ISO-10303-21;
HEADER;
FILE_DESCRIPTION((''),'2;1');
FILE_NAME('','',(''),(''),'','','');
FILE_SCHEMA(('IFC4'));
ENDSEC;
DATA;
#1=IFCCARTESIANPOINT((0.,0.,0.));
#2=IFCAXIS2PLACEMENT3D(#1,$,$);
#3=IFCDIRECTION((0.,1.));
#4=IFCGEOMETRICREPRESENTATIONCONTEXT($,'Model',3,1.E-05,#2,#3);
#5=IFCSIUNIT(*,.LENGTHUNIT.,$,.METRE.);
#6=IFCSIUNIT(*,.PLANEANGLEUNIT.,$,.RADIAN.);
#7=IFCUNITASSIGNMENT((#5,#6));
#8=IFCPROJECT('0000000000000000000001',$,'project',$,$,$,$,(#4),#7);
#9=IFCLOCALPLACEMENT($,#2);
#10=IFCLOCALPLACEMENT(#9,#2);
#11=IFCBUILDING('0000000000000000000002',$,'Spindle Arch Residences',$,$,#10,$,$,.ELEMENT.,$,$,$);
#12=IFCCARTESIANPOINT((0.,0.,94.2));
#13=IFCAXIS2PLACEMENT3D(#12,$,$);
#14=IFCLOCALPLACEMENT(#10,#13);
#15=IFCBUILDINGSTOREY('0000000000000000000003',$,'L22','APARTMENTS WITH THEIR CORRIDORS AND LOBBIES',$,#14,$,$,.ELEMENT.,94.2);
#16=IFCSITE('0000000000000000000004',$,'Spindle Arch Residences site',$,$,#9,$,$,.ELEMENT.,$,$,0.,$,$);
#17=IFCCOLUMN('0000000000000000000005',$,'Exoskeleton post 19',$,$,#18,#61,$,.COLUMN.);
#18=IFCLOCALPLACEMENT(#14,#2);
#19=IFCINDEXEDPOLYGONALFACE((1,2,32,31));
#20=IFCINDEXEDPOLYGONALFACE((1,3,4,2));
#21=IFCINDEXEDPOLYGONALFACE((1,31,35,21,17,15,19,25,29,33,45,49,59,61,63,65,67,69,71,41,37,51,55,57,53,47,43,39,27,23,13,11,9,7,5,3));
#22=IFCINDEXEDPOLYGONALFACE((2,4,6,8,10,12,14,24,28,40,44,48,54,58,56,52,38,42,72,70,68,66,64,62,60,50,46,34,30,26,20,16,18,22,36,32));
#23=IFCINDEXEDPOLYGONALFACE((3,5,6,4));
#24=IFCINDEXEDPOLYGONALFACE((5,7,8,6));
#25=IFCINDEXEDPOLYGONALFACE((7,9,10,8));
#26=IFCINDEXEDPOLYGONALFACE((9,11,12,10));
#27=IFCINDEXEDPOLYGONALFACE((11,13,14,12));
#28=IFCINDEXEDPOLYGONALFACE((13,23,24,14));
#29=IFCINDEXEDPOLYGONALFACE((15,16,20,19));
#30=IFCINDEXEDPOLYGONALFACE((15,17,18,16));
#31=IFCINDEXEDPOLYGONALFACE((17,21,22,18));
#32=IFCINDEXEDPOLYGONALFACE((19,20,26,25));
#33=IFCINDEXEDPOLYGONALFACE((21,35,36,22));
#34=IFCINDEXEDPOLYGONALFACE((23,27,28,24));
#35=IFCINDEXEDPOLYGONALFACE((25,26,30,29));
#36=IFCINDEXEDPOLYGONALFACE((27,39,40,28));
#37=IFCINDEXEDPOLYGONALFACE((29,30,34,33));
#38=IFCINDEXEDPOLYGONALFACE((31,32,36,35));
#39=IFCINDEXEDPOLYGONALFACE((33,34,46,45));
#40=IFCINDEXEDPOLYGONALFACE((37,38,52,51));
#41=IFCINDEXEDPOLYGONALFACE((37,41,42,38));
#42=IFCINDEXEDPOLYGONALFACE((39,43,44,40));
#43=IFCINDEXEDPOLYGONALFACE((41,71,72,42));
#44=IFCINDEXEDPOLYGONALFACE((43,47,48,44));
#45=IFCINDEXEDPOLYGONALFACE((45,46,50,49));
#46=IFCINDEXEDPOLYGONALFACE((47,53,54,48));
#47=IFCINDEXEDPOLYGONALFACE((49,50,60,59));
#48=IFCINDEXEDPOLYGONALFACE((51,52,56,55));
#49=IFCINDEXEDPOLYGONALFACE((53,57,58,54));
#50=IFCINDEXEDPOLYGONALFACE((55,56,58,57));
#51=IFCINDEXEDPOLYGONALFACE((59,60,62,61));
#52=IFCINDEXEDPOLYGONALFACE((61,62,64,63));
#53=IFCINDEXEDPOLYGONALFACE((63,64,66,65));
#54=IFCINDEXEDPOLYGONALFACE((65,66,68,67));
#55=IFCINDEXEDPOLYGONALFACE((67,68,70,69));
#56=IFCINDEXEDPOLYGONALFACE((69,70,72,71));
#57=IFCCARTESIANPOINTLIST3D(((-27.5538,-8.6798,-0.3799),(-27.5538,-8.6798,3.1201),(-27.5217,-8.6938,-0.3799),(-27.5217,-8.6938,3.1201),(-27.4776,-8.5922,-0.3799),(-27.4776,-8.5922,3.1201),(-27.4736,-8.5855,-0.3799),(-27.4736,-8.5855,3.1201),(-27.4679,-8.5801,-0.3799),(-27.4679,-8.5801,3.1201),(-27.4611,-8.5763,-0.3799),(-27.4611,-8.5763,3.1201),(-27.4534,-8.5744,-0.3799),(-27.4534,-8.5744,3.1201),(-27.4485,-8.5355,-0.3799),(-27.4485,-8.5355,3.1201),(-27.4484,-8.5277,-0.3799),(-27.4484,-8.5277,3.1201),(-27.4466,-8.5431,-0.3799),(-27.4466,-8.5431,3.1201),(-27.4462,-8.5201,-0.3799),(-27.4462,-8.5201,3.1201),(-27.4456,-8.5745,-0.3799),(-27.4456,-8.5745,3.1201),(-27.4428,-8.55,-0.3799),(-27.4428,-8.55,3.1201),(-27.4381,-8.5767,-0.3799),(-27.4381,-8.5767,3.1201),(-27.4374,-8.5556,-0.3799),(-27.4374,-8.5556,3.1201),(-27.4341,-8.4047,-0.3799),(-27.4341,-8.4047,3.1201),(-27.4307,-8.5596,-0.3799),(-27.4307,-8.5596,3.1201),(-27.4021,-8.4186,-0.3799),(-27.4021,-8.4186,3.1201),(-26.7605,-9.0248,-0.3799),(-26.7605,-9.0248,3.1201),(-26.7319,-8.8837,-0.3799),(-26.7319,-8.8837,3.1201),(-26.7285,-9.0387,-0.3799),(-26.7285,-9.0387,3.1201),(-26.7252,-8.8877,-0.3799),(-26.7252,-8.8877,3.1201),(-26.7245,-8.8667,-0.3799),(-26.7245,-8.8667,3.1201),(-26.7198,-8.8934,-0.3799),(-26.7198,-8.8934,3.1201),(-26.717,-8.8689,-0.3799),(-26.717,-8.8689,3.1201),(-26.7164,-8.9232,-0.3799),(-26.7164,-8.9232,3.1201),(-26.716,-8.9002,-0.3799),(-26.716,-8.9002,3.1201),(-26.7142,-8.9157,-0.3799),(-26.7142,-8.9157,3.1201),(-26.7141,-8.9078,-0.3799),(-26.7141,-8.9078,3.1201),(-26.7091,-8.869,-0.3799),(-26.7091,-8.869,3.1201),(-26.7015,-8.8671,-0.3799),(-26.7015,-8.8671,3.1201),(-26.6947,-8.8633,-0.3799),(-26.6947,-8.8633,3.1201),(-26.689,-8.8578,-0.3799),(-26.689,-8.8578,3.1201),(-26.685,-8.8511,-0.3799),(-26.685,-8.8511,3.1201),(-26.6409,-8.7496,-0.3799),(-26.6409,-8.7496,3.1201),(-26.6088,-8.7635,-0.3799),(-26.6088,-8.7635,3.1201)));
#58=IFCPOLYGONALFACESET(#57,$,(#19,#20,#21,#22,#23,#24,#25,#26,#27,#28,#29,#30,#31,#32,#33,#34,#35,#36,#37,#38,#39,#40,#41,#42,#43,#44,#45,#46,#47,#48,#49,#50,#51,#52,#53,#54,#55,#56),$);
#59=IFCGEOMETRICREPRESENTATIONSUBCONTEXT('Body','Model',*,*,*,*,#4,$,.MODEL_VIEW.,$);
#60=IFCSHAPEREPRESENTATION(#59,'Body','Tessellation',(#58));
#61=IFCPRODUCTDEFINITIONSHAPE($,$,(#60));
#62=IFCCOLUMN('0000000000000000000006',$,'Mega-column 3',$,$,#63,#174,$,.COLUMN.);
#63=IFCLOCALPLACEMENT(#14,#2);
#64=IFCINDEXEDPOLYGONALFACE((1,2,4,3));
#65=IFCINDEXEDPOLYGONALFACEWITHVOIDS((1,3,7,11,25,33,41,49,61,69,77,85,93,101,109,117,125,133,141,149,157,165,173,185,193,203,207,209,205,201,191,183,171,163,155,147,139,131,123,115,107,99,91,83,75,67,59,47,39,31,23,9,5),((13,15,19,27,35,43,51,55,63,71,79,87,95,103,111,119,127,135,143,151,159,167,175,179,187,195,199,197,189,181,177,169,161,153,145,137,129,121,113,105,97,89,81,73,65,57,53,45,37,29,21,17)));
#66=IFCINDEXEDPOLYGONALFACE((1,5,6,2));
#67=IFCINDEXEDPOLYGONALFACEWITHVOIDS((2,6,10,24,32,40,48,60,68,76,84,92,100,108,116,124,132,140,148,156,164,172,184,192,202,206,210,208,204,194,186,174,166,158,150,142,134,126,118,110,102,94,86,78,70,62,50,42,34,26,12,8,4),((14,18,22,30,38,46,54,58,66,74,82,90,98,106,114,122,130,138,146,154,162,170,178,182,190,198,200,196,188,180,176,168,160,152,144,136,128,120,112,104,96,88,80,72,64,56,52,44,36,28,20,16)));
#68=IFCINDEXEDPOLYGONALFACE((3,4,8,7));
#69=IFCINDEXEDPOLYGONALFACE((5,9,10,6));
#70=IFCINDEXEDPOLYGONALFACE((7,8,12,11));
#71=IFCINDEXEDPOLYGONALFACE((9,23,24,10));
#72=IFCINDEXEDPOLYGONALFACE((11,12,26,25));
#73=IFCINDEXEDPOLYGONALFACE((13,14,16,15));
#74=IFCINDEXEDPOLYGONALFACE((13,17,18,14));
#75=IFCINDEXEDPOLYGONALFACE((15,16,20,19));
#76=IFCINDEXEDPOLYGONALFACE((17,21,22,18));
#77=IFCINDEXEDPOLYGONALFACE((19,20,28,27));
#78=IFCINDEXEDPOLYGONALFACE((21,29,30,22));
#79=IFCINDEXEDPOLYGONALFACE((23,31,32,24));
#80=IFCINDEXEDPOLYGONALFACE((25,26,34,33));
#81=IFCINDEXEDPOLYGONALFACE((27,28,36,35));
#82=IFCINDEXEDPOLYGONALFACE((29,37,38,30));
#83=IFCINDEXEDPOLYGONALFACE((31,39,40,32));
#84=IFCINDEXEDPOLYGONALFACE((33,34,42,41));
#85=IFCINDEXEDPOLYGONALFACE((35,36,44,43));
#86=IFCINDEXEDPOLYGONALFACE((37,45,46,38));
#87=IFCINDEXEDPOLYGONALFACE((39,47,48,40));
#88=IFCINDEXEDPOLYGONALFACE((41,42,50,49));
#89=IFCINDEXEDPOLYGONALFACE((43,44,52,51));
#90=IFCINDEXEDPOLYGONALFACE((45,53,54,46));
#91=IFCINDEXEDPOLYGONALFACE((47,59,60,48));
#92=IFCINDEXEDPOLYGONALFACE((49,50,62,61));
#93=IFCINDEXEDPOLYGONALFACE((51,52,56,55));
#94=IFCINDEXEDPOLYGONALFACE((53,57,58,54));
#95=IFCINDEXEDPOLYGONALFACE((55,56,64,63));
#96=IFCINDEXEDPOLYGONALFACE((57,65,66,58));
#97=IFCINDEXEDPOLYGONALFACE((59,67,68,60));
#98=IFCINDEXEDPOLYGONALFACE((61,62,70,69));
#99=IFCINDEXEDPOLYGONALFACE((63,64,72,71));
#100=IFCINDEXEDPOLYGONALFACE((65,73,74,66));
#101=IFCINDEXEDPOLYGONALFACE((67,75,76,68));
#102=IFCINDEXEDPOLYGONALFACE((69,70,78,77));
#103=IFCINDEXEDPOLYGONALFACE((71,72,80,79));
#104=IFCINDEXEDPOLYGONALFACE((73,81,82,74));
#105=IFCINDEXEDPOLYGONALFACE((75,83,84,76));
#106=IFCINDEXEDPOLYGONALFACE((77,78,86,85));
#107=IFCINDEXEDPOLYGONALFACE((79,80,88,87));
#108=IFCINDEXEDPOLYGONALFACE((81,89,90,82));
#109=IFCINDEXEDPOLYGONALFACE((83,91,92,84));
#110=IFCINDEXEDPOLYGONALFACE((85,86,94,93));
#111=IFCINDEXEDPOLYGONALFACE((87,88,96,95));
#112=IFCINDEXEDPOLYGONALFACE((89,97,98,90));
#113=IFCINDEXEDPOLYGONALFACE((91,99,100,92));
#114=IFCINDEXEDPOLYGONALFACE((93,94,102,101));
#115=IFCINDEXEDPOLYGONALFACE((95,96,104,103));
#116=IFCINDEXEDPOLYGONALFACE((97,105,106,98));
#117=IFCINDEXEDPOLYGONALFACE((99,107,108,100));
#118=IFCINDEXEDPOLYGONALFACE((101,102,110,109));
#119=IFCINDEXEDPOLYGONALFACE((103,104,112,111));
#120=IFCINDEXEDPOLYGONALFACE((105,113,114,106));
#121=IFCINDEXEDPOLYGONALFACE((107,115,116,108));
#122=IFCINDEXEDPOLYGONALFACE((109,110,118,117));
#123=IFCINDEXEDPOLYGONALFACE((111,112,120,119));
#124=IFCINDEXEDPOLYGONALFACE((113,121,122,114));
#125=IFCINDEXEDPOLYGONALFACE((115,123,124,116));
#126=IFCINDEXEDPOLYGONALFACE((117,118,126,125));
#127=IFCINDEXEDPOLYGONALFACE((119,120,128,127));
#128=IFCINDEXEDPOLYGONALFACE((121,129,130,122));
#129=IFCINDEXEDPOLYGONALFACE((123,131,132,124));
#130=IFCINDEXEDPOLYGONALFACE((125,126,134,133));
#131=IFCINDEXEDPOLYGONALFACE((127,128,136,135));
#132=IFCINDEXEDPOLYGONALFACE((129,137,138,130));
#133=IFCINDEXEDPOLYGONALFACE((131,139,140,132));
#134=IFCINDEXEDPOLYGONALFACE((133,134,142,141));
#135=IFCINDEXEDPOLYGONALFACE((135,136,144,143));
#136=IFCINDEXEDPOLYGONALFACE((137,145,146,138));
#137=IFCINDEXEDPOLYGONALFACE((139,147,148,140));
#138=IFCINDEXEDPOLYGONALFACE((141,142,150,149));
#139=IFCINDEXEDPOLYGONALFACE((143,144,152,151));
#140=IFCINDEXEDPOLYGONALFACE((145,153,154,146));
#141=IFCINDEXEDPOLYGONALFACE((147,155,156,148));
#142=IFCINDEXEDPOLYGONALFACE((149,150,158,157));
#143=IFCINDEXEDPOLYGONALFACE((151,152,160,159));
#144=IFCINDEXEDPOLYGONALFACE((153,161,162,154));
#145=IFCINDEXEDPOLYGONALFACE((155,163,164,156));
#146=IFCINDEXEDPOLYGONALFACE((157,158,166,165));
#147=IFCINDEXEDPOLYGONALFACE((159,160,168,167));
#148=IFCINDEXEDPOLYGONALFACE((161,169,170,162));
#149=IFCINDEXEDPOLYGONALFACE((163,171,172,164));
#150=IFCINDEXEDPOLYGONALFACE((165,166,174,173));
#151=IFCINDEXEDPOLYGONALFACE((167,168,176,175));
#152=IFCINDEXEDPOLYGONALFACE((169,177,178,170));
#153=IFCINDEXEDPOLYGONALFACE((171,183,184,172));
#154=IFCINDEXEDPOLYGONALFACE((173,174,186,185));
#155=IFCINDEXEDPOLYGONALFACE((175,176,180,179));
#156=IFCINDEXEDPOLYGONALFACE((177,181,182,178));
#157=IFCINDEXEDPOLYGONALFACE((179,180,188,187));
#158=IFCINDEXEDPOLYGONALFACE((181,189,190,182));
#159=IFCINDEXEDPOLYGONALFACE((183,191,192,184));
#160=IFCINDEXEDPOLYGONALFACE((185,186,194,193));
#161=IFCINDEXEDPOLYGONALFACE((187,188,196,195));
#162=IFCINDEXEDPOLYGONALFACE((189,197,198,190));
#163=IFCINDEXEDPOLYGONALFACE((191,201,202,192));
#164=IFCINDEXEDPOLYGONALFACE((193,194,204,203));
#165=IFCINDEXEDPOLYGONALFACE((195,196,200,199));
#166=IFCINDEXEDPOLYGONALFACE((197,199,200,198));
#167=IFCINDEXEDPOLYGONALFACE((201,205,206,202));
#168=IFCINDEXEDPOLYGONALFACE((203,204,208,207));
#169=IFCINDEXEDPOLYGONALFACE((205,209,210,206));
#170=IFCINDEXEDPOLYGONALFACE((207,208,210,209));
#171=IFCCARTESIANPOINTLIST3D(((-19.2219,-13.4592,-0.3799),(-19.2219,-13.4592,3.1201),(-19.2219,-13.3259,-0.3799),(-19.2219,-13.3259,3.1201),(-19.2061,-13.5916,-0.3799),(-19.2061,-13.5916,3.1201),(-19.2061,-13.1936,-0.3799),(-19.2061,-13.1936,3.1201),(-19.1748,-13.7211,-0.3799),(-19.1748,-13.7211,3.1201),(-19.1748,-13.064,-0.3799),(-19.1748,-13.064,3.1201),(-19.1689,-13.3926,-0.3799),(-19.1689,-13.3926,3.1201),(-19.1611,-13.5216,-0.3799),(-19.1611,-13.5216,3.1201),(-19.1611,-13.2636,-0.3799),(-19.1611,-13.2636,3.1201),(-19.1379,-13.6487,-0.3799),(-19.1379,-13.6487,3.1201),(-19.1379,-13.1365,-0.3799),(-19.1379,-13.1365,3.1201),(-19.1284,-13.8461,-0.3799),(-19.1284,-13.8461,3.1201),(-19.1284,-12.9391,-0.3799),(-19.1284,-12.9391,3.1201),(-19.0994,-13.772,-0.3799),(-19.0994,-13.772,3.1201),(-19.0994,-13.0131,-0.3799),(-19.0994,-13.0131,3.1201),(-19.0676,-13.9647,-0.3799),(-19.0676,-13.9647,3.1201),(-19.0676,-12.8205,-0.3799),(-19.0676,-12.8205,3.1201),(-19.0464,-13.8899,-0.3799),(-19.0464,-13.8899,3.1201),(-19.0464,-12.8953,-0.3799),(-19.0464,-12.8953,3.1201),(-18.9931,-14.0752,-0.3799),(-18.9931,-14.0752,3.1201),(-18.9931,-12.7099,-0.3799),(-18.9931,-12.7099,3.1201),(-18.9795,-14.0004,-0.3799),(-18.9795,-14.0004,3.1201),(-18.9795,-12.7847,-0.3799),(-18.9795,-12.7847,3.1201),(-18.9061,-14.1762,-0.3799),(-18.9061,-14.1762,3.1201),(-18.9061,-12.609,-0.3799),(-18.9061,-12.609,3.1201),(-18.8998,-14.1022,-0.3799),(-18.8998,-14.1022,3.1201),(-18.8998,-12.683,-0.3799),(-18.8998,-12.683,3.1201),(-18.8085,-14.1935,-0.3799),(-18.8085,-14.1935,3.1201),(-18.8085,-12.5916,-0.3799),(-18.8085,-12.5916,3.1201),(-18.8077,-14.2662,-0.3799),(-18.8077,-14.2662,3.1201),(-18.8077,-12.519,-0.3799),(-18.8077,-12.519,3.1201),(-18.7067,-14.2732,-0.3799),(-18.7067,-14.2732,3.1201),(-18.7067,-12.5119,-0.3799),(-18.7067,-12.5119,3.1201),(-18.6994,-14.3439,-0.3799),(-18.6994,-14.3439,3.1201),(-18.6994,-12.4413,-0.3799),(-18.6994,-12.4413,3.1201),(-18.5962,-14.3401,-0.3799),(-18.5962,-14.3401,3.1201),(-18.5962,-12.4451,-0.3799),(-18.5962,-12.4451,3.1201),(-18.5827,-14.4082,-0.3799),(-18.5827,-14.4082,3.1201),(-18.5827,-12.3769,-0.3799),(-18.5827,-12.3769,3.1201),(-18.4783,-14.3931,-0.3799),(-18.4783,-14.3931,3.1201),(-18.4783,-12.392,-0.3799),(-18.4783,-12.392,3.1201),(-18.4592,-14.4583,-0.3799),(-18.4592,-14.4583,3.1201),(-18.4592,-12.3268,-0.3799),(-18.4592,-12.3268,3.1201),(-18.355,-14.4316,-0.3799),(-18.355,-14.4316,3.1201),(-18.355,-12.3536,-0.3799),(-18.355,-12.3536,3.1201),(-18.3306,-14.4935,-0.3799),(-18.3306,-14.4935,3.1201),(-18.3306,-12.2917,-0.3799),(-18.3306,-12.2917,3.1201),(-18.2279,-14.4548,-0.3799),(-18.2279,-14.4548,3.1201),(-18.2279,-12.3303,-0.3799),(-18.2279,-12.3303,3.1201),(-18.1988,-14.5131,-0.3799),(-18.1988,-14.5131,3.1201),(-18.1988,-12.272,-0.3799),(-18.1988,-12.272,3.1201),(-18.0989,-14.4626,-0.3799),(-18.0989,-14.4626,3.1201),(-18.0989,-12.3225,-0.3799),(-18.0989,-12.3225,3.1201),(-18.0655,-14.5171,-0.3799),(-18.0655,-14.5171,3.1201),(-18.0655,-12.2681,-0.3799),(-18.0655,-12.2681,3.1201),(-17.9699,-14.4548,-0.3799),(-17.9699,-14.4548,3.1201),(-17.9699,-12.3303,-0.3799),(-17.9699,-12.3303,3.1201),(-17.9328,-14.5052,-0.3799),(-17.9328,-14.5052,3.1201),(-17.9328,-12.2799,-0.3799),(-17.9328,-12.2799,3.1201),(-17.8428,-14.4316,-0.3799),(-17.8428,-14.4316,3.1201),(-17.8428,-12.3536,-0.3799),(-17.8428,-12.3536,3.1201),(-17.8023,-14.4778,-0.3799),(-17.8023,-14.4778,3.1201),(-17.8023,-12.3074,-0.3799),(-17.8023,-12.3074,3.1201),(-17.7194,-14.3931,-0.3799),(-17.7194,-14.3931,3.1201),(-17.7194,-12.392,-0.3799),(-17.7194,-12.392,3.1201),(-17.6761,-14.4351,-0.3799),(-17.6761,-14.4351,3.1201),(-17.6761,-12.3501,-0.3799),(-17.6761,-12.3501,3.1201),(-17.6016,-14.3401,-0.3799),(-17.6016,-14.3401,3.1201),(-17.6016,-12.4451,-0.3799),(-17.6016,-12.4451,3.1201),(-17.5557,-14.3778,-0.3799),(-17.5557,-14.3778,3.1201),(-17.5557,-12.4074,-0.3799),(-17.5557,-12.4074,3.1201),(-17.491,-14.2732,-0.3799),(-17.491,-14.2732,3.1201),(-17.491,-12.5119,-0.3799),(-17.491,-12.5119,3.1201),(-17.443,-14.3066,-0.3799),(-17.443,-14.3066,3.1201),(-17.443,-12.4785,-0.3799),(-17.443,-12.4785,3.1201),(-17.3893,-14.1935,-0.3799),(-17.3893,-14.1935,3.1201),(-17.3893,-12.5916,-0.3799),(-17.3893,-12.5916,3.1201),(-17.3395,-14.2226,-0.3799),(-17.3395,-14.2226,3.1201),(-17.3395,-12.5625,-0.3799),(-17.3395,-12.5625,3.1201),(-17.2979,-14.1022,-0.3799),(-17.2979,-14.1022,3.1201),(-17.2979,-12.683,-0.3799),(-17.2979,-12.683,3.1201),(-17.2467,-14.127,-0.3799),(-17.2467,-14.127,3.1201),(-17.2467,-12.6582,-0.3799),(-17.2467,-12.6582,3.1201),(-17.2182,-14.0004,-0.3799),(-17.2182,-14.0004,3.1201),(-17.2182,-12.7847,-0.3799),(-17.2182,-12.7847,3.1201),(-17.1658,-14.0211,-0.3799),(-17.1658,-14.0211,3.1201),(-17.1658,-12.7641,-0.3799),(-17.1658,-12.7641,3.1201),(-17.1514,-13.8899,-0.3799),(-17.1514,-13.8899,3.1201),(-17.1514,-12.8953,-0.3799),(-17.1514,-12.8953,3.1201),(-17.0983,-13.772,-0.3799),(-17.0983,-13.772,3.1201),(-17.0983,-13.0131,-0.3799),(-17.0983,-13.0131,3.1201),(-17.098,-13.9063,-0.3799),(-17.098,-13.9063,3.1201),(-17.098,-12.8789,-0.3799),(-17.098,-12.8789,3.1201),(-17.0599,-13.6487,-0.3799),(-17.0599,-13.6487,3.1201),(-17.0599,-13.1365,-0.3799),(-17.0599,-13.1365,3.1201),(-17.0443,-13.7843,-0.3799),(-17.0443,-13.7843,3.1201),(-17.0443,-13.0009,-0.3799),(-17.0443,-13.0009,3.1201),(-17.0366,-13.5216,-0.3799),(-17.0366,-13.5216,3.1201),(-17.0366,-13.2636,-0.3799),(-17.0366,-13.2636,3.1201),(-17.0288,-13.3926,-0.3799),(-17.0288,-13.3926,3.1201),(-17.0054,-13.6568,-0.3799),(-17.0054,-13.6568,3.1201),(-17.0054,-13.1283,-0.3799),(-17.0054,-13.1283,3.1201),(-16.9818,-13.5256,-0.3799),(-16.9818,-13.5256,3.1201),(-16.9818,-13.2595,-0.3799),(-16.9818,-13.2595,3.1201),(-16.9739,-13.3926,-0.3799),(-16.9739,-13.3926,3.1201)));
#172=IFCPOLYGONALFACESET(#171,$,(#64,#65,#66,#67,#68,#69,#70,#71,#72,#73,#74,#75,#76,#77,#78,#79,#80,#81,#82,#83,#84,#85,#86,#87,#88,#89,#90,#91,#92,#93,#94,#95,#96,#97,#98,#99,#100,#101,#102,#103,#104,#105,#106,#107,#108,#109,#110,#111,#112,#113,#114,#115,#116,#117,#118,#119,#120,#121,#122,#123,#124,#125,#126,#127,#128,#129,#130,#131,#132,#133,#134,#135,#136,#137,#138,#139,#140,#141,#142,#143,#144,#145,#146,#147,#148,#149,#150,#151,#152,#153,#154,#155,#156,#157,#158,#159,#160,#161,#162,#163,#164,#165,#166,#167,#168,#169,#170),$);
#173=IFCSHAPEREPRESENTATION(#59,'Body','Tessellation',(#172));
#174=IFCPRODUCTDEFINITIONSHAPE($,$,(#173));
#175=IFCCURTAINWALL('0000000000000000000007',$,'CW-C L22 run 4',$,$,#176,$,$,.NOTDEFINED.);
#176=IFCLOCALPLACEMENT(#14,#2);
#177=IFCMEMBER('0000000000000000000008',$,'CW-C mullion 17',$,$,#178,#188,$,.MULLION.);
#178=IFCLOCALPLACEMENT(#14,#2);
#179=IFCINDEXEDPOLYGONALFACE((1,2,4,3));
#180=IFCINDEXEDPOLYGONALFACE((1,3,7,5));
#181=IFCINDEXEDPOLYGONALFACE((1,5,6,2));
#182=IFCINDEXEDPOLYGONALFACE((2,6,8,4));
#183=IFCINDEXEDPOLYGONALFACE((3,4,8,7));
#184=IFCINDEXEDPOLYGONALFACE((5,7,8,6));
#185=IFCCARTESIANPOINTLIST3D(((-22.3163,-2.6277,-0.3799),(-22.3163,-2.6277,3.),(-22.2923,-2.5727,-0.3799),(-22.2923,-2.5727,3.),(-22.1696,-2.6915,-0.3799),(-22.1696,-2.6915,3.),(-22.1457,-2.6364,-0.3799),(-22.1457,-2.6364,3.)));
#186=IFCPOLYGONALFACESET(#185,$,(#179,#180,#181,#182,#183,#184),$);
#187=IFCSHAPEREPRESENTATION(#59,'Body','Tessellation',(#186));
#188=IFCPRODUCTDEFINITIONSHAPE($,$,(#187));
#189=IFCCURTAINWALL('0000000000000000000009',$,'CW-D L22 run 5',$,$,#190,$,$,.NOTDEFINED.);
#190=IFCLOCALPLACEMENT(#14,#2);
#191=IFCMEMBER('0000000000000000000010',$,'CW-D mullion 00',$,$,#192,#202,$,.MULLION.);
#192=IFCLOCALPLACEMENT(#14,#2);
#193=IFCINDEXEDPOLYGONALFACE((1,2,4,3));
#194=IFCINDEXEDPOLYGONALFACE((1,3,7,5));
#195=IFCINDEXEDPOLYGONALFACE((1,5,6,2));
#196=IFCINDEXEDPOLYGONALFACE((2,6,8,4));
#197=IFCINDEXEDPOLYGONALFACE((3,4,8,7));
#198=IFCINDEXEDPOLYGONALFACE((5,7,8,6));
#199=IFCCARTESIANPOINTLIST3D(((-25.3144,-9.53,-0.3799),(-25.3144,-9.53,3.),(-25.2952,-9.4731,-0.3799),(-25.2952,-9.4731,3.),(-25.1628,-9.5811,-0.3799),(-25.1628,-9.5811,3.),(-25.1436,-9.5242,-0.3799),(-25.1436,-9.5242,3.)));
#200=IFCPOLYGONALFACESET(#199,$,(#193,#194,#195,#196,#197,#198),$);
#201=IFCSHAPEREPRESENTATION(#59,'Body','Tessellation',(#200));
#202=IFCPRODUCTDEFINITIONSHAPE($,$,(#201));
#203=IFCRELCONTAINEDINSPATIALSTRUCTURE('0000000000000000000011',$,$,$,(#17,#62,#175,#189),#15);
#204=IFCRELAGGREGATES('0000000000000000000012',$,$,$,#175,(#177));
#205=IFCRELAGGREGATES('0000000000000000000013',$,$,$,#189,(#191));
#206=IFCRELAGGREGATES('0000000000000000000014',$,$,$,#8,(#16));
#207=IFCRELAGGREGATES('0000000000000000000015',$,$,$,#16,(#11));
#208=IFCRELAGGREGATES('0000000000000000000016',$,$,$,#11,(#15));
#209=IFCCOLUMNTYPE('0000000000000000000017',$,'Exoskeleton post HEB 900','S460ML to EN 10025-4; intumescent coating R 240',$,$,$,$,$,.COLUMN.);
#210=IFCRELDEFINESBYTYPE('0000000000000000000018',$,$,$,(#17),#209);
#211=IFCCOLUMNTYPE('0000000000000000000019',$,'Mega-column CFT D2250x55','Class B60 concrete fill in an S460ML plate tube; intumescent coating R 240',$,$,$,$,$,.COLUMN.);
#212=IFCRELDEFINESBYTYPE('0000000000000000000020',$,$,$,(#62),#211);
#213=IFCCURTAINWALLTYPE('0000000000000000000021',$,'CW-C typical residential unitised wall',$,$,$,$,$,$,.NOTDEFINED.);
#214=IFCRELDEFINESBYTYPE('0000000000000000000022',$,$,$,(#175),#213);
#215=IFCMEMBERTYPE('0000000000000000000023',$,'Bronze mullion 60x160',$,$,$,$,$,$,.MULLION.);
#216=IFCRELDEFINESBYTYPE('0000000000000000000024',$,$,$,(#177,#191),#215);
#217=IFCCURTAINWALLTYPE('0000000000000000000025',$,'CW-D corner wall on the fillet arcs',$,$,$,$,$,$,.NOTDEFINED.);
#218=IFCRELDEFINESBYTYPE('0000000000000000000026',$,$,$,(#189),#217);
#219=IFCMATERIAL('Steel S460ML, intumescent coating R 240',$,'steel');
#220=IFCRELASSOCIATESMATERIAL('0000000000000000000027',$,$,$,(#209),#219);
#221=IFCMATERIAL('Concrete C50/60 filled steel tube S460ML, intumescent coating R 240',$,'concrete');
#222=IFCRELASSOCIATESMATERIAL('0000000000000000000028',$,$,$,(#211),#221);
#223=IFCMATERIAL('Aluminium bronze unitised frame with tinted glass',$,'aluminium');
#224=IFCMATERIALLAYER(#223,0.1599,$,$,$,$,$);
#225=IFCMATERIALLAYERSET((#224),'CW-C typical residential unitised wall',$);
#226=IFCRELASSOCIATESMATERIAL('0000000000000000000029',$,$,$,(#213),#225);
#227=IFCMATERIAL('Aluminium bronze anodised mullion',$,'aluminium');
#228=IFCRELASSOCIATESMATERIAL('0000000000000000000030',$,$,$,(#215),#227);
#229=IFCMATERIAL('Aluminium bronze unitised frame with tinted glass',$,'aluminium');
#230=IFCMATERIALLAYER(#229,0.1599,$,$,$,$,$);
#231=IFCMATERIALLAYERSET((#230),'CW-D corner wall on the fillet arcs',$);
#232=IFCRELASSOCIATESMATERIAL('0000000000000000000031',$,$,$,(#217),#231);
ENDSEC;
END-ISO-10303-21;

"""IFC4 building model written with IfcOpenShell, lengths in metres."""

from ifc_helpers import new_model, si_unit, direction, frame, origin, origin_2d, place, context, subcontext, project, spatial, rectangle, hollow_circle, i_section, extrude, material, layer, layer_set, material_profile, profile_set, type_object, element, aggregate, save


model = new_model("IFC4")

# Units and contexts
model_context = context("Model", 3, precision=1e-05, world=origin(), true_north=direction((0.0, 1.0)))
body_context = subcontext(model_context, "Body", "Model", "MODEL_VIEW")
ifc_project = project(units=[si_unit("LENGTHUNIT", "METRE"), si_unit("PLANEANGLEUNIT", "RADIAN")], contexts=[model_context])

# Site, building, storey
site_placement = place(None, origin())
site = spatial("IfcSite", under=ifc_project, at=site_placement, Name="Spindle Arch Residences site", CompositionType="ELEMENT", RefElevation=0.0)
building_placement = place(site_placement, origin())
building = spatial("IfcBuilding", under=site, at=building_placement, Name="Spindle Arch Residences", CompositionType="ELEMENT")
storey_placement = place(building_placement, frame((0.0, 0.0, 94.2)))
storey = spatial("IfcBuildingStorey", under=building, at=storey_placement, Name="L22", Description="APARTMENTS WITH THEIR CORRIDORS AND LOBBIES", CompositionType="ELEMENT", Elevation=94.2)

# Columns
ifc_material_1 = material(Name="Steel S460ML, intumescent coating R 240", Category="steel")
ifc_material_profile_1 = material_profile(ifc_material_1, i_section(OverallWidth=0.3, OverallDepth=0.8999, WebThickness=0.0186, FlangeThickness=0.0349, FilletRadius=0.03, at=origin_2d()), Name="HEB 900")
ifc_profile_set_1 = profile_set([ifc_material_profile_1], Name="Steel S460ML, intumescent coating R 240")
column_type_1 = type_object("IfcColumnType", Name="Exoskeleton post HEB 900", Description="S460ML to EN 10025-4; intumescent coating R 240", PredefinedType="COLUMN", material=ifc_profile_set_1)
column_1_placement = place(storey_placement, frame((-27.0813, -8.7217, -0.3799), z_axis=(0.0, 0.0, 1.0), x_axis=(0.398749, 0.91706, 0.0)))
element("IfcColumn", 1, at=column_1_placement, inside=storey, type_object=column_type_1, Name="Exoskeleton post 19", PredefinedType="COLUMN", context=body_context, shape_type="SweptSolid", body=[
    extrude(i_section(OverallWidth=0.3, OverallDepth=0.8999, WebThickness=0.0186, FlangeThickness=0.0349, FilletRadius=0.03, at=origin_2d()), origin(), (0.0, 0.0, 1.0), 3.5),
])
ifc_material_2 = material(Name="Concrete C50/60 filled steel tube S460ML, intumescent coating R 240", Category="concrete")
ifc_material_profile_2 = material_profile(ifc_material_2, hollow_circle(Radius=1.125, WallThickness=0.0549, at=origin_2d()), Name="CFT D2250x55")
ifc_profile_set_2 = profile_set([ifc_material_profile_2], Name="Concrete C50/60 filled steel tube S460ML, intumescent coating R 240")
column_type_2 = type_object("IfcColumnType", Name="Mega-column CFT D2250x55", Description="Class B60 concrete fill in an S460ML plate tube; intumescent coating R 240", PredefinedType="COLUMN", material=ifc_profile_set_2)
column_2_placement = place(storey_placement, frame((-18.0989, -13.3926, -0.3799), z_axis=(0.0, 0.0, 1.0), x_axis=(1.0, 0.0, 0.0)))
element("IfcColumn", 2, at=column_2_placement, inside=storey, type_object=column_type_2, Name="Mega-column 3", PredefinedType="COLUMN", context=body_context, shape_type="SweptSolid", body=[
    extrude(hollow_circle(Radius=1.125, WallThickness=0.0549, at=origin_2d()), origin(), (0.0, 0.0, 1.0), 3.5),
])

# Curtain wall, member
ifc_material_3 = material(Name="Aluminium bronze unitised frame with tinted glass", Category="aluminium")
ifc_layer_1 = layer(ifc_material_3, 0.1599)
ifc_layer_set_1 = layer_set([ifc_layer_1], Name="CW-C typical residential unitised wall")
curtain_wall_type_1 = type_object("IfcCurtainWallType", Name="CW-C typical residential unitised wall", PredefinedType="NOTDEFINED", material=ifc_layer_set_1)
curtain_wall_1_placement = place(storey_placement, origin())
curtain_wall_1 = element("IfcCurtainWall", 3, at=curtain_wall_1_placement, inside=storey, type_object=curtain_wall_type_1, Name="CW-C L22 run 4", PredefinedType="NOTDEFINED")
ifc_material_4 = material(Name="Aluminium bronze anodised mullion", Category="aluminium")
ifc_material_profile_3 = material_profile(ifc_material_4, rectangle(XDim=0.1599, YDim=0.0601, at=origin_2d()), Name="MU 60x160")
ifc_profile_set_3 = profile_set([ifc_material_profile_3], Name="Aluminium bronze anodised mullion")
member_type_1 = type_object("IfcMemberType", Name="Bronze mullion 60x160", PredefinedType="MULLION", material=ifc_profile_set_3)
member_1_placement = place(storey_placement, frame((-22.231, -2.6321, -0.3799), z_axis=(0.0, 0.0, 1.0), x_axis=(0.91706, -0.398749, 0.0)))
member_1 = element("IfcMember", 4, at=member_1_placement, type_object=member_type_1, Name="CW-C mullion 17", PredefinedType="MULLION", context=body_context, shape_type="SweptSolid", body=[
    extrude(rectangle(XDim=0.1599, YDim=0.0601, at=origin_2d()), origin(), (0.0, 0.0, 1.0), 3.3799),
])

# Curtain wall, member
ifc_material_5 = material(Name="Aluminium bronze unitised frame with tinted glass", Category="aluminium")
ifc_layer_2 = layer(ifc_material_5, 0.1599)
ifc_layer_set_2 = layer_set([ifc_layer_2], Name="CW-D corner wall on the fillet arcs")
curtain_wall_type_2 = type_object("IfcCurtainWallType", Name="CW-D corner wall on the fillet arcs", PredefinedType="NOTDEFINED", material=ifc_layer_set_2)
curtain_wall_2_placement = place(storey_placement, origin())
curtain_wall_2 = element("IfcCurtainWall", 5, at=curtain_wall_2_placement, inside=storey, type_object=curtain_wall_type_2, Name="CW-D L22 run 5", PredefinedType="NOTDEFINED")
member_2_placement = place(storey_placement, frame((-25.229, -9.5271, -0.3799), z_axis=(0.0, 0.0, 1.0), x_axis=(0.94751, -0.319727, 0.0)))
member_2 = element("IfcMember", 6, at=member_2_placement, type_object=member_type_1, Name="CW-D mullion 00", PredefinedType="MULLION", context=body_context, shape_type="SweptSolid", body=[
    extrude(rectangle(XDim=0.1599, YDim=0.0601, at=origin_2d()), origin(), (0.0, 0.0, 1.0), 3.3799),
])

aggregate(curtain_wall_1, [member_1])
aggregate(curtain_wall_2, [member_2])

save(model, "model.ifc")
